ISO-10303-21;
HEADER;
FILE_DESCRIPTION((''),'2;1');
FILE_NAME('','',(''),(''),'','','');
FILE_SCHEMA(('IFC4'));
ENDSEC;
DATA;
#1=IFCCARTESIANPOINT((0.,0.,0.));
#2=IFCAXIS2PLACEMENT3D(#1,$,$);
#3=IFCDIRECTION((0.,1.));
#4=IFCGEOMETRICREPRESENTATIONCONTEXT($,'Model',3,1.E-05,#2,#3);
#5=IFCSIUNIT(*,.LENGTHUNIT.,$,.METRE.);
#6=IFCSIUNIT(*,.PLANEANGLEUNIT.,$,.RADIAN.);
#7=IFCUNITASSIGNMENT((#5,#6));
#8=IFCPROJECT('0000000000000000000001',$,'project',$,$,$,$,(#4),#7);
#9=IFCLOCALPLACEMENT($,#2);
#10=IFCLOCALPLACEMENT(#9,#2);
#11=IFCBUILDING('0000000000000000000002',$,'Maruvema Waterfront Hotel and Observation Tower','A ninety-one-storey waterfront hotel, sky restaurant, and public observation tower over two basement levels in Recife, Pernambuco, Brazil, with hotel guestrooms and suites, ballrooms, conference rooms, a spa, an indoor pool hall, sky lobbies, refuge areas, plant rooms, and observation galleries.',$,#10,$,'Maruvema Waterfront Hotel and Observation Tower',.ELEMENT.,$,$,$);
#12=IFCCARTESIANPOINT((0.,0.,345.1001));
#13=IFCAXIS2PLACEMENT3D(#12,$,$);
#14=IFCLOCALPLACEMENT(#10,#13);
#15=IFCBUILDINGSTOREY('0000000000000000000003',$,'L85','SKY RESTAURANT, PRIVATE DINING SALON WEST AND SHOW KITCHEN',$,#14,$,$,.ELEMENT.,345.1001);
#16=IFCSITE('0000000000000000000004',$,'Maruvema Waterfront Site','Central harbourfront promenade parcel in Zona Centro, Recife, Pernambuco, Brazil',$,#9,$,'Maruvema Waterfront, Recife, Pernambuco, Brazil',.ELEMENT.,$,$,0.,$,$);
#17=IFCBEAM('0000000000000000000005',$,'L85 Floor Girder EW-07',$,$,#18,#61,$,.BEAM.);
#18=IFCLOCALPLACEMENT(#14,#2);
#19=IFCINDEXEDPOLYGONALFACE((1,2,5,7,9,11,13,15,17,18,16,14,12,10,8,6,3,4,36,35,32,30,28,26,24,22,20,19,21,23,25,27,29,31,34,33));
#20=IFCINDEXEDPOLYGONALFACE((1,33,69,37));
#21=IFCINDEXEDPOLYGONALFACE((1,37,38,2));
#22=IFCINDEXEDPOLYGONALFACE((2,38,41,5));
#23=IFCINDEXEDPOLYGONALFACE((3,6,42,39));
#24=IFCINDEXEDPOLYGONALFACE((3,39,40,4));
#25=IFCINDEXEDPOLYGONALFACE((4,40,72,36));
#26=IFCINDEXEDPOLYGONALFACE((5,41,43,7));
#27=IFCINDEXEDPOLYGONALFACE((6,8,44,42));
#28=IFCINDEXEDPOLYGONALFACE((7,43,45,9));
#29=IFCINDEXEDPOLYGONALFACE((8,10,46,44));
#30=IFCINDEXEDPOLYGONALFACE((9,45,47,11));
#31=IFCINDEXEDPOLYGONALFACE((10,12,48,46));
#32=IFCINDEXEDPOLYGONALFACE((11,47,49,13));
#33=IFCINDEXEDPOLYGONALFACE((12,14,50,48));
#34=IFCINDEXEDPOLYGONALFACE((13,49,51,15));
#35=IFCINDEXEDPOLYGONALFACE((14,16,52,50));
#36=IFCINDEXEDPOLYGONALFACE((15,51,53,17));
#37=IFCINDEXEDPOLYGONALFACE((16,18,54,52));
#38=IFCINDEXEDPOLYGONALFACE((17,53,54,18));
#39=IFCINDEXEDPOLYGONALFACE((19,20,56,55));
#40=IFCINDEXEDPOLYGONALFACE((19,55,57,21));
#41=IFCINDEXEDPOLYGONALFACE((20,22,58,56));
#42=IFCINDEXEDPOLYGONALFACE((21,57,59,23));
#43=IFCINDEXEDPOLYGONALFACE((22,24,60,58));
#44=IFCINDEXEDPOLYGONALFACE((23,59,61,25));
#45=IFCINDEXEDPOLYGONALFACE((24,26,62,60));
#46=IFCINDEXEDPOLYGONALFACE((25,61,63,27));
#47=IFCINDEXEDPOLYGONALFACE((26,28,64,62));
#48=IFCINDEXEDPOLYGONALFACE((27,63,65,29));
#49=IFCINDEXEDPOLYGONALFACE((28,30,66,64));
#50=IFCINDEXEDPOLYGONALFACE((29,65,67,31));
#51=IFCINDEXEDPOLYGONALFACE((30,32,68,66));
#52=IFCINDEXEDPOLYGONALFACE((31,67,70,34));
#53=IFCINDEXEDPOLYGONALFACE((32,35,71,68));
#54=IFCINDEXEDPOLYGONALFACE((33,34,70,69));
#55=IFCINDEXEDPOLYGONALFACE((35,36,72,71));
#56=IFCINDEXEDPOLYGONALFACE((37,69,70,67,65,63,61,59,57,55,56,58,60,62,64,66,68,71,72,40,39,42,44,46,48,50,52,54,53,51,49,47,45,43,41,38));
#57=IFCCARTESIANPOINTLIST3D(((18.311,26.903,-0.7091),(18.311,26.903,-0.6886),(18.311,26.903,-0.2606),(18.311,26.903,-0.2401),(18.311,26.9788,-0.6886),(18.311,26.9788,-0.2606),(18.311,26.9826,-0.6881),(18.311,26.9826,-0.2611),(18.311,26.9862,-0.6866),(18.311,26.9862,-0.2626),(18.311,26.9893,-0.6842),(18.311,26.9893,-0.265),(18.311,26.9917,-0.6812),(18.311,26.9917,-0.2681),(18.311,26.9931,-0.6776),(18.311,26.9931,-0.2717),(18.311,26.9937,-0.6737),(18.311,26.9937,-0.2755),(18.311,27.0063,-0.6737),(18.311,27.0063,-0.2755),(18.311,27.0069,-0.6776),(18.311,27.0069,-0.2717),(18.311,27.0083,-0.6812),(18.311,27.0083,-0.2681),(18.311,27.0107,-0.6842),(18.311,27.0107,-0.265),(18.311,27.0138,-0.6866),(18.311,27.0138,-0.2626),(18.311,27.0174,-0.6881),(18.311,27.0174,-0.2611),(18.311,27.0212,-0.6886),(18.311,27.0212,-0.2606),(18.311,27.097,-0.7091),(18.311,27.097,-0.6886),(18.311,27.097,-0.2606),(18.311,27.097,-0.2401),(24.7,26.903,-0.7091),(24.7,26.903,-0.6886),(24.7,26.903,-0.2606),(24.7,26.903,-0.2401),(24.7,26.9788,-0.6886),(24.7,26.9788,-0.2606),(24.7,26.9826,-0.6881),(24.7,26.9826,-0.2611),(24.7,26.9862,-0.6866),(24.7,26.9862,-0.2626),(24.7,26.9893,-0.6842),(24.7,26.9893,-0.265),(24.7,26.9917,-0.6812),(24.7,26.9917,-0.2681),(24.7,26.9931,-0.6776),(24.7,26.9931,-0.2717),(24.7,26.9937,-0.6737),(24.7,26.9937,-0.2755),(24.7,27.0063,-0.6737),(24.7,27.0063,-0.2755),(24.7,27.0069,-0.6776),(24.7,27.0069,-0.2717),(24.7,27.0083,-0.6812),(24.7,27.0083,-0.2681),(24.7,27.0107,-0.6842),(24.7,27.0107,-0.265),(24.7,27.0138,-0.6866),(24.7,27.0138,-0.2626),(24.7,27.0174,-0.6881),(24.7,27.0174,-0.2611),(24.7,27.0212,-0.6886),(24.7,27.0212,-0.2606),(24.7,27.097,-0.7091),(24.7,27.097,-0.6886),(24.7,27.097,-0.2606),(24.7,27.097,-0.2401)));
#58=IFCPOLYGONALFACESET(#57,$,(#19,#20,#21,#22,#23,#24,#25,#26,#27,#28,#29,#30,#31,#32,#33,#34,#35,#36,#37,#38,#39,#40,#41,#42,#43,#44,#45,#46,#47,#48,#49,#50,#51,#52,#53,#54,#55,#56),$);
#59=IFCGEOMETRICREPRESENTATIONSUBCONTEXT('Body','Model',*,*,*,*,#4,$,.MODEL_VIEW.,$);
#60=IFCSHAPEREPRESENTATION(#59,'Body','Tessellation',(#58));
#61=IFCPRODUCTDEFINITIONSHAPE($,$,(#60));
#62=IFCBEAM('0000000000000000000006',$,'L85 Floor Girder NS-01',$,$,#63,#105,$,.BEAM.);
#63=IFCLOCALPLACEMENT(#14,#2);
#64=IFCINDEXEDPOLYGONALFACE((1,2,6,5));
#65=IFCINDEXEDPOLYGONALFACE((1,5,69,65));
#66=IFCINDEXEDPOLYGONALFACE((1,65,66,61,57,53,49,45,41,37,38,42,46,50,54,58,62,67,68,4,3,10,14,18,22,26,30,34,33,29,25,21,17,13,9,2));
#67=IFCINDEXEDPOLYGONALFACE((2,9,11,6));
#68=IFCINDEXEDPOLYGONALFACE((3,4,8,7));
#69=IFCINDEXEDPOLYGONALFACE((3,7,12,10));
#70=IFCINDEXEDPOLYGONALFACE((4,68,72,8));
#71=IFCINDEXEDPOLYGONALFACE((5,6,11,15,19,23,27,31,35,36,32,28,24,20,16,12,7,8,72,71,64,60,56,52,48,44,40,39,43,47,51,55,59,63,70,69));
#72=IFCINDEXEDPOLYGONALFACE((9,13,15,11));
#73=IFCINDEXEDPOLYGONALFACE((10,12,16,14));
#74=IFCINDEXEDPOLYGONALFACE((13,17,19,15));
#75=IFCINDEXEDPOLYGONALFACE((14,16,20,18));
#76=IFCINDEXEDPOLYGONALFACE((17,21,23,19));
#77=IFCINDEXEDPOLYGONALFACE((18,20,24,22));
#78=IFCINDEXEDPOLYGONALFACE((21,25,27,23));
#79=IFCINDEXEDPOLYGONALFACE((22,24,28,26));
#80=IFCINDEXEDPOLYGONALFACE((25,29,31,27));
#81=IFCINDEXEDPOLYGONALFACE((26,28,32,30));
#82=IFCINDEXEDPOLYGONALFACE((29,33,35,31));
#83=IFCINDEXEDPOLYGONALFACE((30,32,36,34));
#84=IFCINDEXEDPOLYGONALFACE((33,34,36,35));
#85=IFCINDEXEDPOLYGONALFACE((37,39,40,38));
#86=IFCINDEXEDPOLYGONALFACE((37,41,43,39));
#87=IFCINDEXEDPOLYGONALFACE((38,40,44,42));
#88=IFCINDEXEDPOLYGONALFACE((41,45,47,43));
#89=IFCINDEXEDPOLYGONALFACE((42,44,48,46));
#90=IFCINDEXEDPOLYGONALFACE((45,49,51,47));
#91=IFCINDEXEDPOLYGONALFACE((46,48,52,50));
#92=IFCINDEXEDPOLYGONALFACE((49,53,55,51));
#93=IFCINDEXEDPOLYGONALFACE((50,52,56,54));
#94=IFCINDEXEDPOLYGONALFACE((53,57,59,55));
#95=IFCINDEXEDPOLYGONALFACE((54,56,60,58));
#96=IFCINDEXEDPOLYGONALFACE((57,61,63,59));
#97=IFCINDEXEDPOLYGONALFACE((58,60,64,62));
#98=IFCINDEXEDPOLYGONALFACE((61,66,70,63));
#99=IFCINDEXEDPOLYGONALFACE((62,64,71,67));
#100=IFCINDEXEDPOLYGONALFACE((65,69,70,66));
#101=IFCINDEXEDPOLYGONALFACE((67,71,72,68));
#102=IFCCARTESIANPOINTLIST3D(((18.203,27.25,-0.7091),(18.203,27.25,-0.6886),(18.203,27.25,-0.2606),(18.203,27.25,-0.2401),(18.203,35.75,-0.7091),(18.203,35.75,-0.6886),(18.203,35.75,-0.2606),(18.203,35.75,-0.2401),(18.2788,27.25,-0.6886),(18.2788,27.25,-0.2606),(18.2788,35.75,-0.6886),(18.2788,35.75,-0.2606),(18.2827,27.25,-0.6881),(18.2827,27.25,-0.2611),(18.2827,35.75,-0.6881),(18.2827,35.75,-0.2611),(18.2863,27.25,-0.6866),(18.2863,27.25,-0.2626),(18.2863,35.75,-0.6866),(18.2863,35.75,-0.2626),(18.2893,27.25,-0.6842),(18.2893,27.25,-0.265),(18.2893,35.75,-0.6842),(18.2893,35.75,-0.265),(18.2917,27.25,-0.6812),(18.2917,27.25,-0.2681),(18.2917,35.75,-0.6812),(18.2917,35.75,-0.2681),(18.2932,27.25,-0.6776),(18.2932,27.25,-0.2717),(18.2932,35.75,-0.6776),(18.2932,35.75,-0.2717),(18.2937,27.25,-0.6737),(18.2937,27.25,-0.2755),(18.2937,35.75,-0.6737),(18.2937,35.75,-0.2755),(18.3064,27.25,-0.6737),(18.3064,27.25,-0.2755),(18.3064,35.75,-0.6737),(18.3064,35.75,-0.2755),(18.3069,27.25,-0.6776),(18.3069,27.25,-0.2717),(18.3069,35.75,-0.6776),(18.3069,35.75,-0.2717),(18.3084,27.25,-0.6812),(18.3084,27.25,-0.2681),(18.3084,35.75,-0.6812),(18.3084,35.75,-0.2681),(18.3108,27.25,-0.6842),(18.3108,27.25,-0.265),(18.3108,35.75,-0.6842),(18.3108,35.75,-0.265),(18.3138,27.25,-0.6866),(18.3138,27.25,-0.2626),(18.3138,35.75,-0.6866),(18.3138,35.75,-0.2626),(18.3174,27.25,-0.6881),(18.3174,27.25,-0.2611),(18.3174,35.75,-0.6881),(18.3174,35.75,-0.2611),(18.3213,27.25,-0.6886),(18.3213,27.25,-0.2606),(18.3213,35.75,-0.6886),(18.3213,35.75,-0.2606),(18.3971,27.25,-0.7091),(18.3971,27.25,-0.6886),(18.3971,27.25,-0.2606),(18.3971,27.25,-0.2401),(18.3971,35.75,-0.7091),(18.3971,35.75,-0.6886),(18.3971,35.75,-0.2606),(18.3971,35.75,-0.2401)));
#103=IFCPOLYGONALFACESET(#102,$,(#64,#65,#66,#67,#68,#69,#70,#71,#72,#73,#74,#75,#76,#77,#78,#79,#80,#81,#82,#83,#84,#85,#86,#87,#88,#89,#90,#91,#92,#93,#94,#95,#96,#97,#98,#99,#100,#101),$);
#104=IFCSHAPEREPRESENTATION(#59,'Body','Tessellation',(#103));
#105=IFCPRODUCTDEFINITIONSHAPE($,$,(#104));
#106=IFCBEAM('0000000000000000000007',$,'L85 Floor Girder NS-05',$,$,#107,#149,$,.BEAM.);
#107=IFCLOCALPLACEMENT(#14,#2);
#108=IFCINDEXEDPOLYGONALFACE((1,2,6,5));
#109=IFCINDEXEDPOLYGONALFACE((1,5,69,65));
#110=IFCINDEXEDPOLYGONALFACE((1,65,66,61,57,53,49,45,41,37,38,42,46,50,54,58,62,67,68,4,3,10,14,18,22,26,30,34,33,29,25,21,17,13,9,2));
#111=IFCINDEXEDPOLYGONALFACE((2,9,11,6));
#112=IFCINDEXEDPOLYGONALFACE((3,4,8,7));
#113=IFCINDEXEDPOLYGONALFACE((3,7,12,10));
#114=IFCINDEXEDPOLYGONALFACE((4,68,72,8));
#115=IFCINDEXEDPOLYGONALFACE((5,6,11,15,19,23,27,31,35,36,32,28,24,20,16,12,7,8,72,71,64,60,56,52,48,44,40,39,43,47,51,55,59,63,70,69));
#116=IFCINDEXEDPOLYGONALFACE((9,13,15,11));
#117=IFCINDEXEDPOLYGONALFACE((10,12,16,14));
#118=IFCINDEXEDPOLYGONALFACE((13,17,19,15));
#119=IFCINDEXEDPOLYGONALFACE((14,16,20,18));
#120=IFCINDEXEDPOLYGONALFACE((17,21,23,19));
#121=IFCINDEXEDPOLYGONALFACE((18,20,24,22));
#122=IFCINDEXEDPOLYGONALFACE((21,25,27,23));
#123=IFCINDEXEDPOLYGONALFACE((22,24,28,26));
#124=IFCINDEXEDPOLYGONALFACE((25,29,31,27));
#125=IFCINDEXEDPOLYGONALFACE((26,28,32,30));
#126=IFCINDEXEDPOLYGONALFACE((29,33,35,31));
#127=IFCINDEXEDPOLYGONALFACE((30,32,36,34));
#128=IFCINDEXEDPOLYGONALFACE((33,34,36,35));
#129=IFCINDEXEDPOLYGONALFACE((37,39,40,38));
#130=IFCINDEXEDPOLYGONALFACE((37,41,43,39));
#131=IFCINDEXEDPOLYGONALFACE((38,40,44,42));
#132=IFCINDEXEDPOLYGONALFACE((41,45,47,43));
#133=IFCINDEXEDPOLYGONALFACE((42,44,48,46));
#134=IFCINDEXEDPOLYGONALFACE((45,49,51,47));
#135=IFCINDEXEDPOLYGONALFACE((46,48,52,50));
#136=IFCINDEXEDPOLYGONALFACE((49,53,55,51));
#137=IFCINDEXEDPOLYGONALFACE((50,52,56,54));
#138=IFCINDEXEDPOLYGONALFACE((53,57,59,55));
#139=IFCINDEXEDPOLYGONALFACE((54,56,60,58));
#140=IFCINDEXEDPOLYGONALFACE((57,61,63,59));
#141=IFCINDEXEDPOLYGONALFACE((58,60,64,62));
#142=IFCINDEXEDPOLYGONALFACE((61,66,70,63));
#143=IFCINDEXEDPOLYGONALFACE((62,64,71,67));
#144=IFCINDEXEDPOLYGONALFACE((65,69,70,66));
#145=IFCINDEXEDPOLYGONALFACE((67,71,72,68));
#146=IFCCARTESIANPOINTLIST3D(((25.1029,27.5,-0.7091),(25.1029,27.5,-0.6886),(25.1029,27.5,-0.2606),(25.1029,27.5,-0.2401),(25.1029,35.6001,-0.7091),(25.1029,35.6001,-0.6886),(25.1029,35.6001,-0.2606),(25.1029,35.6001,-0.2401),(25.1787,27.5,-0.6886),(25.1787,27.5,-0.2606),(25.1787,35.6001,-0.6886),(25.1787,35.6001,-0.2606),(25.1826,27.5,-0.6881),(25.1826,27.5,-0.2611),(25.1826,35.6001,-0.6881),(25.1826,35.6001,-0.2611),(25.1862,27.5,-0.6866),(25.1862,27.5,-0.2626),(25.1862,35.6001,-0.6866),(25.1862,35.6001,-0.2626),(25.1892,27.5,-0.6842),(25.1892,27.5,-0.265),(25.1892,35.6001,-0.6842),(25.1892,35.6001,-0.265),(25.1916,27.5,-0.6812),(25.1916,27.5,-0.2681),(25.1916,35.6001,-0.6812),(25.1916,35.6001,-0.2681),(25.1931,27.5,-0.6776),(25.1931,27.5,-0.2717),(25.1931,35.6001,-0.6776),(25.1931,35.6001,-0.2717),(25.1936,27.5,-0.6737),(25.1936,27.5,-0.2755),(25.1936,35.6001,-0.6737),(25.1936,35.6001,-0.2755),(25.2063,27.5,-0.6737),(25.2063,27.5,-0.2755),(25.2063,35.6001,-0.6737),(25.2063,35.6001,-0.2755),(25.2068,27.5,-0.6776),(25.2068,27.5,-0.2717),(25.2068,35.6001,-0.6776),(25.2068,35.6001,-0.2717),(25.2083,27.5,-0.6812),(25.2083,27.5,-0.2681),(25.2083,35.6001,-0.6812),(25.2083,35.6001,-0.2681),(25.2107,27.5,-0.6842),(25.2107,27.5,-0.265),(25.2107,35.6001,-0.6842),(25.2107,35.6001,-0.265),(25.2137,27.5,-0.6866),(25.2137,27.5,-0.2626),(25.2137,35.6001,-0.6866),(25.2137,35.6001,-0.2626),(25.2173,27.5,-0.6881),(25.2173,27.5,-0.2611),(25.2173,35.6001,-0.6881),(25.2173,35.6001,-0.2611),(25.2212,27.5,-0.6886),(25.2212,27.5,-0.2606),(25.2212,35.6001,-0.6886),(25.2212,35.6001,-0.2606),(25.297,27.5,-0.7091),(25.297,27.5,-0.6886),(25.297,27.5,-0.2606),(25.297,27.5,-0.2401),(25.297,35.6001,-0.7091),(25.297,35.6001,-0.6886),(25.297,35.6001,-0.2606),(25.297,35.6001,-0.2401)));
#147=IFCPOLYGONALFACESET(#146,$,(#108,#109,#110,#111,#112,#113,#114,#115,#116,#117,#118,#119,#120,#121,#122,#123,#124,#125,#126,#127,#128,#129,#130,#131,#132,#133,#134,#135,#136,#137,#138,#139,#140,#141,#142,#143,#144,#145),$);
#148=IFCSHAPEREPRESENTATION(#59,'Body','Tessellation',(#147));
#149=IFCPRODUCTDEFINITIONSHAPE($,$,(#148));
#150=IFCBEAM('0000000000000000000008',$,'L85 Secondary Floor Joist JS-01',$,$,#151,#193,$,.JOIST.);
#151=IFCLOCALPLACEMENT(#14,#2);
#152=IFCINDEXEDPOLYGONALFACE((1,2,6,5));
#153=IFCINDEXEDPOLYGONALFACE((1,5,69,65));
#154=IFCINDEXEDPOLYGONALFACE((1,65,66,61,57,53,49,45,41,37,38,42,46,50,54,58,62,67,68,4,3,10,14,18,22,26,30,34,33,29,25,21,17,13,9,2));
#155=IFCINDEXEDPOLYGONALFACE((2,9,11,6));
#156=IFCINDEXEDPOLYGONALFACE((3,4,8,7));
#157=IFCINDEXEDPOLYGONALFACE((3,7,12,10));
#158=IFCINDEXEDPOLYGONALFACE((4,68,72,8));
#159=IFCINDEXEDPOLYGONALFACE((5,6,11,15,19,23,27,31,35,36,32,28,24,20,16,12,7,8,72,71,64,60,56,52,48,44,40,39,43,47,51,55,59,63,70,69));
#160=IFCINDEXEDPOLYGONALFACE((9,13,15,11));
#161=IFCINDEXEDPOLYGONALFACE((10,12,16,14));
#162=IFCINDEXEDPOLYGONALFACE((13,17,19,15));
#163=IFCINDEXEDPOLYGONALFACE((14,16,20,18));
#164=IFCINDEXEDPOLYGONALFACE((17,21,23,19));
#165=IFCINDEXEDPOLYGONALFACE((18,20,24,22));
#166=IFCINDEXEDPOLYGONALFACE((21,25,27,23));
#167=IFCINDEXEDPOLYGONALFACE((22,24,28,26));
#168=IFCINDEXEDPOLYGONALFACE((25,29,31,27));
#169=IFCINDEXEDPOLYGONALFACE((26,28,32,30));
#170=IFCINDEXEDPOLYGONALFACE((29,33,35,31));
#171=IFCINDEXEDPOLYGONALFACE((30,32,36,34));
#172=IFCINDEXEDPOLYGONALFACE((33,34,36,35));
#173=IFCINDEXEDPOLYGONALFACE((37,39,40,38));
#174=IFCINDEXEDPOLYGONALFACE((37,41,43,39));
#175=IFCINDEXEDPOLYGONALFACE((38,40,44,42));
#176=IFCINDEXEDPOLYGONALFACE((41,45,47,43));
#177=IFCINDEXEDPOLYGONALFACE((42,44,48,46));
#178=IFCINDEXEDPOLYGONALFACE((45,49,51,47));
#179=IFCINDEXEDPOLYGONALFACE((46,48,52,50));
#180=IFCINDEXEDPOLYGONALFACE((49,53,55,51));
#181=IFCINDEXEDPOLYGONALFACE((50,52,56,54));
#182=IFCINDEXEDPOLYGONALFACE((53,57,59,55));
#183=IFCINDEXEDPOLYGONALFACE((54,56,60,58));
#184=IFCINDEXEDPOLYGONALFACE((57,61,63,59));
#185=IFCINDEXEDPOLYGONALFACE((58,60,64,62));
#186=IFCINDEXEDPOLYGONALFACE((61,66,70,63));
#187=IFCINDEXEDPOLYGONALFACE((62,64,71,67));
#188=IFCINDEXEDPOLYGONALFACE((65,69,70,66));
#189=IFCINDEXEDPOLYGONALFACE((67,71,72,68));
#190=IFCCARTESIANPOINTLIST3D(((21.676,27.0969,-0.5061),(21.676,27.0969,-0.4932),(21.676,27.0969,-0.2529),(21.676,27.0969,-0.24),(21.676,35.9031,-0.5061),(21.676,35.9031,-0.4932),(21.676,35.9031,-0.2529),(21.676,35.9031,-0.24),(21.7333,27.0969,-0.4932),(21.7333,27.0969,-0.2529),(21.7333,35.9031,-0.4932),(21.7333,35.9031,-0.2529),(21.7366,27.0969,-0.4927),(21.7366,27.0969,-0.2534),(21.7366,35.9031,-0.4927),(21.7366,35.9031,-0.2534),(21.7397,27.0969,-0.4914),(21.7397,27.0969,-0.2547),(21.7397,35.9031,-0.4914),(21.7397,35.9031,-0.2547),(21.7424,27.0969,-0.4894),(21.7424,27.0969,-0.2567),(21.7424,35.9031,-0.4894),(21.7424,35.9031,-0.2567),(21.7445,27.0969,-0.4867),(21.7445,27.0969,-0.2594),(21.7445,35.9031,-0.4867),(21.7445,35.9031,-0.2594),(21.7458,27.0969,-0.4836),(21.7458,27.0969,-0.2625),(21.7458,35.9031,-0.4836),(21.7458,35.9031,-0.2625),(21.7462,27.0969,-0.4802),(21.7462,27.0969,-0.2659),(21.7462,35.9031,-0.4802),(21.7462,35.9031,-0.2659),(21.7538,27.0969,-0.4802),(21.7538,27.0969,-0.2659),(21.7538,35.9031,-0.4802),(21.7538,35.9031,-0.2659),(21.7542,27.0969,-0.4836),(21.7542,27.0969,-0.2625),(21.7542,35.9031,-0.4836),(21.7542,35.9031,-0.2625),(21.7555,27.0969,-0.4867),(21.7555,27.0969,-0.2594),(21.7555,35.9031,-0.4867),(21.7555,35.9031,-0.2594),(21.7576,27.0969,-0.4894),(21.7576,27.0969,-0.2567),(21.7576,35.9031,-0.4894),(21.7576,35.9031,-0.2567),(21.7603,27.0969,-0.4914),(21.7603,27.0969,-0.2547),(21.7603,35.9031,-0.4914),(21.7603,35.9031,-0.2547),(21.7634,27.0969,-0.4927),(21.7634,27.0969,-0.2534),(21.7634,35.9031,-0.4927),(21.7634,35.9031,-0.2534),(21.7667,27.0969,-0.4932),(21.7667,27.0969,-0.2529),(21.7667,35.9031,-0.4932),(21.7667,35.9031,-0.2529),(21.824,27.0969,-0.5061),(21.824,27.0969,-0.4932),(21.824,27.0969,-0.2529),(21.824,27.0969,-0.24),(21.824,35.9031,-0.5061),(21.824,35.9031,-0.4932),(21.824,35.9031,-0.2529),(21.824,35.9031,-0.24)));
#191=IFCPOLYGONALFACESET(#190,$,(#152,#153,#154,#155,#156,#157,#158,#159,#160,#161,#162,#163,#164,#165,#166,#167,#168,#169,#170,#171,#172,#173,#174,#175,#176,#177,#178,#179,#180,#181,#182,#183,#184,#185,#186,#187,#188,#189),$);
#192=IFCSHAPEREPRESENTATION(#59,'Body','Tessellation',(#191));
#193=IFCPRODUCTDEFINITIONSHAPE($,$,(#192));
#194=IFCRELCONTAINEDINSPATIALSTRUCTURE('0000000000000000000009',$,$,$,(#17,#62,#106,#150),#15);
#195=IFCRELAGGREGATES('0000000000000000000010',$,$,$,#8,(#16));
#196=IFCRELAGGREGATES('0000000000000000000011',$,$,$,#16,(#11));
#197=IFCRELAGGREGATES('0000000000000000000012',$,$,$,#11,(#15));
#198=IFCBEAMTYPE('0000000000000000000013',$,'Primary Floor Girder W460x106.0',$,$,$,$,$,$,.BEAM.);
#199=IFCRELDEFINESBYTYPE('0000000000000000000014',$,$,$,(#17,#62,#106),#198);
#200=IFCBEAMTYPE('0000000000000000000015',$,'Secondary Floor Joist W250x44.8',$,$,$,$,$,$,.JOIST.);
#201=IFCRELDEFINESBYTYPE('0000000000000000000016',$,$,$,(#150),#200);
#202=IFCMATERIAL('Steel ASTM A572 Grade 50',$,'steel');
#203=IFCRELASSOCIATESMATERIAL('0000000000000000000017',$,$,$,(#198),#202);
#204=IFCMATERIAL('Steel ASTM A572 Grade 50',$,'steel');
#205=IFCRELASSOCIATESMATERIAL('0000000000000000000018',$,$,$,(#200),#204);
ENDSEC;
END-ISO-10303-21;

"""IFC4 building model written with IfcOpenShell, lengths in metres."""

from ifc_helpers import new_model, si_unit, direction, frame, origin, origin_2d, place, context, subcontext, project, spatial, i_section, extrude, material, material_profile, profile_set, type_object, element, save


model = new_model("IFC4")

# Units and contexts
model_context = context("Model", 3, precision=1e-05, world=origin(), true_north=direction((0.0, 1.0)))
body_context = subcontext(model_context, "Body", "Model", "MODEL_VIEW")
ifc_project = project(units=[si_unit("LENGTHUNIT", "METRE"), si_unit("PLANEANGLEUNIT", "RADIAN")], contexts=[model_context])

# Site, building, storey
site_placement = place(None, origin())
site = spatial("IfcSite", under=ifc_project, at=site_placement, Name="Maruvema Waterfront Site", Description="Central harbourfront promenade parcel in Zona Centro, Recife, Pernambuco, Brazil", LongName="Maruvema Waterfront, Recife, Pernambuco, Brazil", CompositionType="ELEMENT", RefElevation=0.0)
building_placement = place(site_placement, origin())
building = spatial("IfcBuilding", under=site, at=building_placement, Name="Maruvema Waterfront Hotel and Observation Tower", Description="A ninety-one-storey waterfront hotel, sky restaurant, and public observation tower over two basement levels in Recife, Pernambuco, Brazil, with hotel guestrooms and suites, ballrooms, conference rooms, a spa, an indoor pool hall, sky lobbies, refuge areas, plant rooms, and observation galleries.", LongName="Maruvema Waterfront Hotel and Observation Tower", CompositionType="ELEMENT")
storey_placement = place(building_placement, frame((0.0, 0.0, 345.1001)))
storey = spatial("IfcBuildingStorey", under=building, at=storey_placement, Name="L85", Description="SKY RESTAURANT, PRIVATE DINING SALON WEST AND SHOW KITCHEN", CompositionType="ELEMENT", Elevation=345.1001)

# Beams
ifc_material_1 = material(Name="Steel ASTM A572 Grade 50", Category="steel")
ifc_material_profile_1 = material_profile(ifc_material_1, i_section(OverallWidth=0.1941, OverallDepth=0.469, WebThickness=0.0127, FlangeThickness=0.0205, FilletRadius=0.0149, at=origin_2d()), Name="W460x106.0")
ifc_profile_set_1 = profile_set([ifc_material_profile_1], Name="Steel ASTM A572 Grade 50")
beam_type_1 = type_object("IfcBeamType", Name="Primary Floor Girder W460x106.0", PredefinedType="BEAM", material=ifc_profile_set_1)
beam_1_placement = place(storey_placement, frame((18.311, 27.0, -0.4746), z_axis=(1.0, 0.0, 0.0), x_axis=(0.0, 1.0, 0.0)))
element("IfcBeam", 1, at=beam_1_placement, inside=storey, type_object=beam_type_1, Name="L85 Floor Girder EW-07", PredefinedType="BEAM", context=body_context, shape_type="SweptSolid", body=[
    extrude(i_section(OverallWidth=0.1941, OverallDepth=0.469, WebThickness=0.0127, FlangeThickness=0.0205, FilletRadius=0.0149, at=origin_2d()), origin(), (0.0, 0.0, 1.0), 6.3889),
])
beam_2_placement = place(storey_placement, frame((18.3, 27.25, -0.4746), z_axis=(0.0, 1.0, 0.0), x_axis=(-1.0, 0.0, 0.0)))
element("IfcBeam", 2, at=beam_2_placement, inside=storey, type_object=beam_type_1, Name="L85 Floor Girder NS-01", PredefinedType="BEAM", context=body_context, shape_type="SweptSolid", body=[
    extrude(i_section(OverallWidth=0.1941, OverallDepth=0.469, WebThickness=0.0127, FlangeThickness=0.0205, FilletRadius=0.0149, at=origin_2d()), origin(), (0.0, 0.0, 1.0), 8.5),
])
beam_3_placement = place(storey_placement, frame((25.2, 27.5, -0.4746), z_axis=(0.0, 1.0, 0.0), x_axis=(-1.0, 0.0, 0.0)))
element("IfcBeam", 3, at=beam_3_placement, inside=storey, type_object=beam_type_1, Name="L85 Floor Girder NS-05", PredefinedType="BEAM", context=body_context, shape_type="SweptSolid", body=[
    extrude(i_section(OverallWidth=0.1941, OverallDepth=0.469, WebThickness=0.0127, FlangeThickness=0.0205, FilletRadius=0.0149, at=origin_2d()), origin(), (0.0, 0.0, 1.0), 8.1001),
])
ifc_material_2 = material(Name="Steel ASTM A572 Grade 50", Category="steel")
ifc_material_profile_2 = material_profile(ifc_material_2, i_section(OverallWidth=0.1479, OverallDepth=0.2661, WebThickness=0.0076, FlangeThickness=0.0129, FilletRadius=0.0129, at=origin_2d()), Name="W250x44.8")
ifc_profile_set_2 = profile_set([ifc_material_profile_2], Name="Steel ASTM A572 Grade 50")
beam_type_2 = type_object("IfcBeamType", Name="Secondary Floor Joist W250x44.8", PredefinedType="JOIST", material=ifc_profile_set_2)
beam_4_placement = place(storey_placement, frame((21.75, 27.0969, -0.373), z_axis=(0.0, 1.0, 0.0), x_axis=(-1.0, 0.0, 0.0)))
element("IfcBeam", 4, at=beam_4_placement, inside=storey, type_object=beam_type_2, Name="L85 Secondary Floor Joist JS-01", PredefinedType="JOIST", context=body_context, shape_type="SweptSolid", body=[
    extrude(i_section(OverallWidth=0.1479, OverallDepth=0.2661, WebThickness=0.0076, FlangeThickness=0.0129, FilletRadius=0.0129, at=origin_2d()), origin(), (0.0, 0.0, 1.0), 8.8062),
])

save(model, "model.ifc")
